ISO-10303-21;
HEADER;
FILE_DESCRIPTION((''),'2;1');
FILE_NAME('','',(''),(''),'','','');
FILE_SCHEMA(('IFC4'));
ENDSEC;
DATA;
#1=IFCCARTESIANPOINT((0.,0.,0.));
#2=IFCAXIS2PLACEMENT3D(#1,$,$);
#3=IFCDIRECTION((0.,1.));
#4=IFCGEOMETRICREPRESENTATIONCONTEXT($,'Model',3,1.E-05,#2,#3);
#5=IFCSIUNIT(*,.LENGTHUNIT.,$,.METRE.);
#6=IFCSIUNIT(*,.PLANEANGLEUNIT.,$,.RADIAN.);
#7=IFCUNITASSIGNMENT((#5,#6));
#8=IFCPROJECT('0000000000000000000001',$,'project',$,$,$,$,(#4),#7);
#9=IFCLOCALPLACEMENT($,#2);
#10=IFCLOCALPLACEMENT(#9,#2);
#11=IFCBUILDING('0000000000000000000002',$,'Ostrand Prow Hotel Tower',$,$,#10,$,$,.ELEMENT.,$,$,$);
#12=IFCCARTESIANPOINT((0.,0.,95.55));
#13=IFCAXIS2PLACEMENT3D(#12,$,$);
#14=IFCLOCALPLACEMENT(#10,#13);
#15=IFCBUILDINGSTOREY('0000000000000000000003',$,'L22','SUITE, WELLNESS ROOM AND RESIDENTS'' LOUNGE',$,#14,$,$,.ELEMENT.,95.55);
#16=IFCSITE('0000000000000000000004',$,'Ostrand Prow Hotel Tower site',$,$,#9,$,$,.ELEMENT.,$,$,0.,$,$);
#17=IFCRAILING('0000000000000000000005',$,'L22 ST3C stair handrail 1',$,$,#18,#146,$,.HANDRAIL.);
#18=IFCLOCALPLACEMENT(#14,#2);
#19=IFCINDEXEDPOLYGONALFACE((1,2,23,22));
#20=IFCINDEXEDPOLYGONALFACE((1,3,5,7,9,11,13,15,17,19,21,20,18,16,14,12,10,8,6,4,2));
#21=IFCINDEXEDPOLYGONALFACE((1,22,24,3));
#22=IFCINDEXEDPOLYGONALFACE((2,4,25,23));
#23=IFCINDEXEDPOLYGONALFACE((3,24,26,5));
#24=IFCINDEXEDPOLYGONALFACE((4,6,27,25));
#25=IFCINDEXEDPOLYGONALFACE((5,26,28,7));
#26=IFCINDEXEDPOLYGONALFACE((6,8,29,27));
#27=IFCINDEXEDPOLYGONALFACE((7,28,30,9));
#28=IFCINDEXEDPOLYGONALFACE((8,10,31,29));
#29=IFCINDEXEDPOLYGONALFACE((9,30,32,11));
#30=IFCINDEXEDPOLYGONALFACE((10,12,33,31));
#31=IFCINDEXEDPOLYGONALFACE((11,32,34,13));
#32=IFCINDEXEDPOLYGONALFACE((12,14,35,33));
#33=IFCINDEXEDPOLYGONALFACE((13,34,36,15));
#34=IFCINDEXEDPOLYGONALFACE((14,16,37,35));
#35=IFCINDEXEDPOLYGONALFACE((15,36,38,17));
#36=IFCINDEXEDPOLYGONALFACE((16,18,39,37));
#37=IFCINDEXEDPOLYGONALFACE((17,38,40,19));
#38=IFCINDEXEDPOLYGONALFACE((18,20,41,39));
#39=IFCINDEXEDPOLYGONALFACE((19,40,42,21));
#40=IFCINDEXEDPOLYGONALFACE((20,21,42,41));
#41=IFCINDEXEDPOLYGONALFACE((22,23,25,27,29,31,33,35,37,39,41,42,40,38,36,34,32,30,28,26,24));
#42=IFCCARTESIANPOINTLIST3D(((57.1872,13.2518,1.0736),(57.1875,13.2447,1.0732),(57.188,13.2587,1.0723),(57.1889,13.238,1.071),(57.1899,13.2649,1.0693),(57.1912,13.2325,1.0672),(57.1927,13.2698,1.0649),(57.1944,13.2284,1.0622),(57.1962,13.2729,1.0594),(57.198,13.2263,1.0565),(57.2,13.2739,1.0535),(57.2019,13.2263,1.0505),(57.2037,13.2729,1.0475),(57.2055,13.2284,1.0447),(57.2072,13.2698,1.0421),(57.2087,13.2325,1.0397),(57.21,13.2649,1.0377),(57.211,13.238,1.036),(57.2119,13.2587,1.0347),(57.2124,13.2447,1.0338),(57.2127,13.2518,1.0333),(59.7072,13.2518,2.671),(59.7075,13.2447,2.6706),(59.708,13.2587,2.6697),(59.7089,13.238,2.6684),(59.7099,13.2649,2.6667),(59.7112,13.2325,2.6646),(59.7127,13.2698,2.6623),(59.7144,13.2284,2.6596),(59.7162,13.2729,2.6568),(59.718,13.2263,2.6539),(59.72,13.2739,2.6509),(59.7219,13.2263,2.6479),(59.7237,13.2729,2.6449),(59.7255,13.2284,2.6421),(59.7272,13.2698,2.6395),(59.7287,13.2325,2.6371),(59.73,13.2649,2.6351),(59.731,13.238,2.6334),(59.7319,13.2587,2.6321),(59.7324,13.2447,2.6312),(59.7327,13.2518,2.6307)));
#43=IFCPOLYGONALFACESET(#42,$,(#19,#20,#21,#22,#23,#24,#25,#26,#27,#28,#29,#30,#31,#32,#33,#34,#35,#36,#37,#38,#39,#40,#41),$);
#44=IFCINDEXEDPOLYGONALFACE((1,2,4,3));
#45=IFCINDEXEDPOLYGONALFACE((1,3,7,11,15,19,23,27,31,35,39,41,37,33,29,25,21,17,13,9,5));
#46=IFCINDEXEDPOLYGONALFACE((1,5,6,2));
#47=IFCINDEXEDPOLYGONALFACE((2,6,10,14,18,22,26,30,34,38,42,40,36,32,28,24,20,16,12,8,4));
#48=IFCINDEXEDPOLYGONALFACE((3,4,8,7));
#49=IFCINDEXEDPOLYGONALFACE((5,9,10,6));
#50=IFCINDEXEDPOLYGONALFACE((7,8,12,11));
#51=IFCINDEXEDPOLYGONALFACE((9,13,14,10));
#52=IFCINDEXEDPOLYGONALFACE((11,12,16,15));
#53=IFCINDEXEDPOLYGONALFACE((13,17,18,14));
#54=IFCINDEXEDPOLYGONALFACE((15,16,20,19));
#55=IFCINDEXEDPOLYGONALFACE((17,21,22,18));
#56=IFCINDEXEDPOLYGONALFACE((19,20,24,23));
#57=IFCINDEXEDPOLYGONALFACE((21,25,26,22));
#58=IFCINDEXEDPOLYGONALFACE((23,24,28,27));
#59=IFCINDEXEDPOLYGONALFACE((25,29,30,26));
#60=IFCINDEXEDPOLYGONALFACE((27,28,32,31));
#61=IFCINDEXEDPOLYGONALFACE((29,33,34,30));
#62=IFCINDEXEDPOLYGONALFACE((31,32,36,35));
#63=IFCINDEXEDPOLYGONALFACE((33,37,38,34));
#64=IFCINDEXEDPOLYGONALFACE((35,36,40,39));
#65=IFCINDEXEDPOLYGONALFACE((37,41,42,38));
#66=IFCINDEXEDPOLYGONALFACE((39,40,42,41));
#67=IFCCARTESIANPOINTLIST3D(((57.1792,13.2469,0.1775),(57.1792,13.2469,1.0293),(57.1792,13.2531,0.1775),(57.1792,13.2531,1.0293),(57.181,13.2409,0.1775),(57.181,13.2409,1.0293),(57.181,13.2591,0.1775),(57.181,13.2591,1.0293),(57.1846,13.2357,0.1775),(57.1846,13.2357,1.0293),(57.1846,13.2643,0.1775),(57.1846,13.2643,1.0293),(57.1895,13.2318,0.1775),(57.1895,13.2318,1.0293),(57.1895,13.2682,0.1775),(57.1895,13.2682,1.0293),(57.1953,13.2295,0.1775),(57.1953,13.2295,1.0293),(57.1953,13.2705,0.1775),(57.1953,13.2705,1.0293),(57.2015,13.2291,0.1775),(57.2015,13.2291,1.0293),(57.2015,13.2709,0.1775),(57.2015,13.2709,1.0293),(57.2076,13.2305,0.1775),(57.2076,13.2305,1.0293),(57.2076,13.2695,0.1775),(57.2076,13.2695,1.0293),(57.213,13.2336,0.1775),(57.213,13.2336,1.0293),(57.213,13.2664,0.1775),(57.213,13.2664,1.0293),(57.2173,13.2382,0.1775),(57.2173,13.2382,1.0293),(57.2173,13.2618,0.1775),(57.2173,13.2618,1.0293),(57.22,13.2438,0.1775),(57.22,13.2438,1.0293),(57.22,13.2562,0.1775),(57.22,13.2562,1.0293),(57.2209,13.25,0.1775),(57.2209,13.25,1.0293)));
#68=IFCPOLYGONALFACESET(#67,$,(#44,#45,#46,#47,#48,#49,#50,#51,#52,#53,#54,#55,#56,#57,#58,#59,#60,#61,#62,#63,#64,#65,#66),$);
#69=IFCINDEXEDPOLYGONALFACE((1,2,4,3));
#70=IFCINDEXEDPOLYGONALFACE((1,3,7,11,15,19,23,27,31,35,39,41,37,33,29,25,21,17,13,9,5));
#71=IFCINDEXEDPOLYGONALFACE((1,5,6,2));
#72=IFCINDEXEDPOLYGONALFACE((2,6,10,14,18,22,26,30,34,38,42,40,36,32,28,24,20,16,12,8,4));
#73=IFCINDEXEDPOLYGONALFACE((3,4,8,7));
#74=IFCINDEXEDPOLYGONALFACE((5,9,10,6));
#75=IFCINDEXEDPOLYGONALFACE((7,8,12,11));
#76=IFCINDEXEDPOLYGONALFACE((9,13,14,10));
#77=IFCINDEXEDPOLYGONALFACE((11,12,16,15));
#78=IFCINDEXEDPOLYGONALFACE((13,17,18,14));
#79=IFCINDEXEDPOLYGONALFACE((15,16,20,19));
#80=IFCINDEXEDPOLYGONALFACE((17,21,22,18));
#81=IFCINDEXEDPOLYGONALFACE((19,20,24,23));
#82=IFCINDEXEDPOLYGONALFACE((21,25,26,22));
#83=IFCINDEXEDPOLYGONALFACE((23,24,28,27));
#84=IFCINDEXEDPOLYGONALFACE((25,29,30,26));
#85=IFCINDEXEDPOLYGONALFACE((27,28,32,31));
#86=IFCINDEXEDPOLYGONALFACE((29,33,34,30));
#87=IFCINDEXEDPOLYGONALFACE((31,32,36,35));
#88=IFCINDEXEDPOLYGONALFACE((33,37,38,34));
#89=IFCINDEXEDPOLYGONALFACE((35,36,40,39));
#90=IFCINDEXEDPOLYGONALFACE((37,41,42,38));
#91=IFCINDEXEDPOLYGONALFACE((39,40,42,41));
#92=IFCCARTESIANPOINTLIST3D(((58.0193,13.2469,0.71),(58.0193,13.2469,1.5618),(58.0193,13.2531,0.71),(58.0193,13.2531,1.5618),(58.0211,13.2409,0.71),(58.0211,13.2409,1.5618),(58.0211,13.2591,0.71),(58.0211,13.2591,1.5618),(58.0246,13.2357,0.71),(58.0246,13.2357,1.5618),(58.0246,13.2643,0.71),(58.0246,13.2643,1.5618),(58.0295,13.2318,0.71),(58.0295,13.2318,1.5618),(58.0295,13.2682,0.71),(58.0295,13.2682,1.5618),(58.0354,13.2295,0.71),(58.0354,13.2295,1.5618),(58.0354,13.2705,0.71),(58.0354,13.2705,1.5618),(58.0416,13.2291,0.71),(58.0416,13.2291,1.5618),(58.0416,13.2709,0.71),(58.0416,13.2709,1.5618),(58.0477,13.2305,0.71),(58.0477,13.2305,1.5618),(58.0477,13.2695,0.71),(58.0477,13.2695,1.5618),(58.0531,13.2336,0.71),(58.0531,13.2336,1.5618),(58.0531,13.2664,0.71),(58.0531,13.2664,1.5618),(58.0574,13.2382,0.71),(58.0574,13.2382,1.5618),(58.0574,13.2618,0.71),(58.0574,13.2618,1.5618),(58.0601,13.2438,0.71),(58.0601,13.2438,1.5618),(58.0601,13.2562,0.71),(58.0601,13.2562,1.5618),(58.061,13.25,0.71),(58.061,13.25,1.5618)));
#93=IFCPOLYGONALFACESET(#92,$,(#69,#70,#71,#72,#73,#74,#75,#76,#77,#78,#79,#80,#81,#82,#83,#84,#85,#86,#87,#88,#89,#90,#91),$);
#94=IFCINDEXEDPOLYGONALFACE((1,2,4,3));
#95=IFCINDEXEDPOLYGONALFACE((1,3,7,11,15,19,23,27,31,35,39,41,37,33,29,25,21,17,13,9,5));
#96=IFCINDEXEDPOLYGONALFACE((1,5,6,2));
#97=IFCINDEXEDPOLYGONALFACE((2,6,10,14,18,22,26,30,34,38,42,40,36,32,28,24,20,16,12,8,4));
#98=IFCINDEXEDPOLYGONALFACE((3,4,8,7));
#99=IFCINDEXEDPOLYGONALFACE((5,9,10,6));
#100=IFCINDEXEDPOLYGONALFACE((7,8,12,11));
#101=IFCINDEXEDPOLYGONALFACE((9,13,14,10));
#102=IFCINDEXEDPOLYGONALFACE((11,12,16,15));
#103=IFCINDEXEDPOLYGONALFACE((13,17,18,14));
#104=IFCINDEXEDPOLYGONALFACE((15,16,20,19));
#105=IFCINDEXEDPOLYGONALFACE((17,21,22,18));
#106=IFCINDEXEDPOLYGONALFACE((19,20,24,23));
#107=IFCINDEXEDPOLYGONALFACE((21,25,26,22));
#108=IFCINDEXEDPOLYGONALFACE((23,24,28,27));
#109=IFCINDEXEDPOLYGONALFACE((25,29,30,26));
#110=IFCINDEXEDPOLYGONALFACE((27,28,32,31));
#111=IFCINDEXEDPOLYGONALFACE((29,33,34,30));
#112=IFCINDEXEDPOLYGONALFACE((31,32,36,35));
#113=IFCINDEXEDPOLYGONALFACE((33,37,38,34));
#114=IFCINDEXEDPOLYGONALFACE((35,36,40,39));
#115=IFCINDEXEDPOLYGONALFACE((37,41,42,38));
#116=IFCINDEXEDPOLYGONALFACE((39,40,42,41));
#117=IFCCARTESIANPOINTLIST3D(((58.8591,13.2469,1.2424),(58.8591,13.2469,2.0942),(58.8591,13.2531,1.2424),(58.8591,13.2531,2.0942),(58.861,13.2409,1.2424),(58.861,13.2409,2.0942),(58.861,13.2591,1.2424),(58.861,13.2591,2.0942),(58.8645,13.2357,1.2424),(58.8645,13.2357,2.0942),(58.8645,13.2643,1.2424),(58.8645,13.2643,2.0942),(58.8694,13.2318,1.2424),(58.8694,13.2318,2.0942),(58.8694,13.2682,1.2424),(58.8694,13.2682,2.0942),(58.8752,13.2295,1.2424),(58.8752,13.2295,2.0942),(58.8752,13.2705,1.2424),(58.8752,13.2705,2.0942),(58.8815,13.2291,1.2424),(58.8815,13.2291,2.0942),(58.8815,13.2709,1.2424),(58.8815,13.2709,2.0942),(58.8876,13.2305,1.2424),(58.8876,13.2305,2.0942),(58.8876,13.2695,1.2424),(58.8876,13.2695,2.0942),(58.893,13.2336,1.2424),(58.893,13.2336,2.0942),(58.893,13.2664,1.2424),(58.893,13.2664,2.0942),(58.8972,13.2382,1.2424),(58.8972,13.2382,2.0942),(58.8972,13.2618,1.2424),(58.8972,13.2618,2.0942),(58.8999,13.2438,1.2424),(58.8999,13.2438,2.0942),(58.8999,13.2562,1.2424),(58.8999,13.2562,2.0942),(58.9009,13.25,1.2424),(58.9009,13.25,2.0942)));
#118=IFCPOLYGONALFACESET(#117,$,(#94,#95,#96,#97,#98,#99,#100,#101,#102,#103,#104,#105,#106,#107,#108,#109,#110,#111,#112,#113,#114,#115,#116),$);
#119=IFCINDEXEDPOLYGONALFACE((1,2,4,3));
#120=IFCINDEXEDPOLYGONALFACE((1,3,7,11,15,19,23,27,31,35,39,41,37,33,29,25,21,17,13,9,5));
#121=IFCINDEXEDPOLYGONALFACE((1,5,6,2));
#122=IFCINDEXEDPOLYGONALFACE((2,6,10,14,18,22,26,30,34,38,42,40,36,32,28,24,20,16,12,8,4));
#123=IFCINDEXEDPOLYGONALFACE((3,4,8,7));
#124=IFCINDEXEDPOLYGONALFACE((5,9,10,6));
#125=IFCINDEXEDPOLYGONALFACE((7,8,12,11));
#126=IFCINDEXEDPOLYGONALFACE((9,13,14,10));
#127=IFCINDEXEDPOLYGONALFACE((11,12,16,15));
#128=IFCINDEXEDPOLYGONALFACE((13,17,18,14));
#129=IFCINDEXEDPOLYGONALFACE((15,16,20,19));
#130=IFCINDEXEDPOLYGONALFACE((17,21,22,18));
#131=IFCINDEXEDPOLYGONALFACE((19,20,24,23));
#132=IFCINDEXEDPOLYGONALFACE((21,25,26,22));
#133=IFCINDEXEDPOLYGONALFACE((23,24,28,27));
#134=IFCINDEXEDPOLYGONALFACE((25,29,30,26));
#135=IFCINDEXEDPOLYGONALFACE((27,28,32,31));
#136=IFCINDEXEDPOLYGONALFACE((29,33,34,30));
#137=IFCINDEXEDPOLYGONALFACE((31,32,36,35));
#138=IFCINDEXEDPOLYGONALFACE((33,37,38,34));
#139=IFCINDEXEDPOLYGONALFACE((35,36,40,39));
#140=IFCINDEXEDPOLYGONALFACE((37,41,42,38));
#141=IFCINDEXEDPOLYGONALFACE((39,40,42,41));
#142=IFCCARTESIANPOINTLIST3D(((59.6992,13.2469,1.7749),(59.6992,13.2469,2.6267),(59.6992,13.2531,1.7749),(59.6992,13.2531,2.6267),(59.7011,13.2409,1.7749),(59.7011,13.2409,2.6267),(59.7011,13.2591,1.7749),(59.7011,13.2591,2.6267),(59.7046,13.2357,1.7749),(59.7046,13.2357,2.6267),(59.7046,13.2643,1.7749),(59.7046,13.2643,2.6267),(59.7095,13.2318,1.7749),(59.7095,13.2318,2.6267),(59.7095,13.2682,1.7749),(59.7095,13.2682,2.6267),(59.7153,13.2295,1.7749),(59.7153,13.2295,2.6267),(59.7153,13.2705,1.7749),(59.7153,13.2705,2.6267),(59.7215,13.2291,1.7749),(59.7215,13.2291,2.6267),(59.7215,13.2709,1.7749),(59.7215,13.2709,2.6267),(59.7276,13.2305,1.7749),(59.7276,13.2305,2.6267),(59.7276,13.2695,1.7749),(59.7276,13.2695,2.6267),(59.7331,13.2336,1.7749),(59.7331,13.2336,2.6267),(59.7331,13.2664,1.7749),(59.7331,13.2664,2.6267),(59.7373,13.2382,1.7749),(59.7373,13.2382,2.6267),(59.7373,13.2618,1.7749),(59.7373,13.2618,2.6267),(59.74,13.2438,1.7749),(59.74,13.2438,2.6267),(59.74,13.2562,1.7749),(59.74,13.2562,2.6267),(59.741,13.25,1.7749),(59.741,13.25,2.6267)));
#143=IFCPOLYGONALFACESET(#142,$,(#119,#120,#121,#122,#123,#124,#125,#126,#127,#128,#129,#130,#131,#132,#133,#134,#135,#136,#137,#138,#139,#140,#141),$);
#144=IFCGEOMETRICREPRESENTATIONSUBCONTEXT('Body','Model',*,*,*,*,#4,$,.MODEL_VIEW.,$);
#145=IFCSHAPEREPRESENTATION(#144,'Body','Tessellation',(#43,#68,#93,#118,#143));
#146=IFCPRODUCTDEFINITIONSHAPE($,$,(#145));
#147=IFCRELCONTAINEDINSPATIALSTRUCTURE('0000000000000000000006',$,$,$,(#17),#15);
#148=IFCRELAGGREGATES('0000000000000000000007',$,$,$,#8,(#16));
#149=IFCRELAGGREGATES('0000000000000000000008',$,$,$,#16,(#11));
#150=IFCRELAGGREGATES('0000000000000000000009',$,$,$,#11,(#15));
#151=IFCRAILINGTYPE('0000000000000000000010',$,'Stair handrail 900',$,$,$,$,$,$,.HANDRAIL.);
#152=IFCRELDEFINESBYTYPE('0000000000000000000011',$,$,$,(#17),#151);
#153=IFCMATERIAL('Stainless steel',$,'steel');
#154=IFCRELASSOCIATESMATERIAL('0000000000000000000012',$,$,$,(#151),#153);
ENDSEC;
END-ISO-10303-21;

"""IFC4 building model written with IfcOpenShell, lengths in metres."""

from ifc_helpers import new_model, si_unit, direction, frame, origin, origin_2d, place, context, subcontext, project, spatial, circle, extrude, material, type_object, element, save


model = new_model("IFC4")

# Units and contexts
model_context = context("Model", 3, precision=1e-05, world=origin(), true_north=direction((0.0, 1.0)))
body_context = subcontext(model_context, "Body", "Model", "MODEL_VIEW")
ifc_project = project(units=[si_unit("LENGTHUNIT", "METRE"), si_unit("PLANEANGLEUNIT", "RADIAN")], contexts=[model_context])

# Site, building, storey
site_placement = place(None, origin())
site = spatial("IfcSite", under=ifc_project, at=site_placement, Name="Ostrand Prow Hotel Tower site", CompositionType="ELEMENT", RefElevation=0.0)
building_placement = place(site_placement, origin())
building = spatial("IfcBuilding", under=site, at=building_placement, Name="Ostrand Prow Hotel Tower", CompositionType="ELEMENT")
storey_placement = place(building_placement, frame((0.0, 0.0, 95.55)))
storey = spatial("IfcBuildingStorey", under=building, at=storey_placement, Name="L22", Description="SUITE, WELLNESS ROOM AND RESIDENTS' LOUNGE", CompositionType="ELEMENT", Elevation=95.55)

# Railing
ifc_material_1 = material(Name="Stainless steel", Category="steel")
railing_type_1 = type_object("IfcRailingType", Name="Stair handrail 900", PredefinedType="HANDRAIL", material=ifc_material_1)
railing_1_placement = place(storey_placement, frame((57.2, 13.25, 0.1775)))
element("IfcRailing", 1, at=railing_1_placement, inside=storey, type_object=railing_type_1, Name="L22 ST3C stair handrail 1", PredefinedType="HANDRAIL", context=body_context, shape_type="SweptSolid", body=[
    extrude(circle(Radius=0.0239, at=origin_2d()), frame((0.0, 0.0, 0.876), z_axis=(0.844607, 0.0, 0.535387), x_axis=(0.0, 1.0, 0.0)), (0.0, 0.0, 1.0), 2.9836),
    extrude(circle(Radius=0.021, at=origin_2d()), origin(), (0.0, 0.0, 1.0), 0.8518),
    extrude(circle(Radius=0.021, at=origin_2d()), frame((0.8401, 0.0, 0.5325)), (0.0, 0.0, 1.0), 0.8518),
    extrude(circle(Radius=0.021, at=origin_2d()), frame((1.6799, 0.0, 1.0649)), (0.0, 0.0, 1.0), 0.8518),
    extrude(circle(Radius=0.021, at=origin_2d()), frame((2.52, 0.0, 1.5974)), (0.0, 0.0, 1.0), 0.8518),
])

save(model, "model.ifc")
